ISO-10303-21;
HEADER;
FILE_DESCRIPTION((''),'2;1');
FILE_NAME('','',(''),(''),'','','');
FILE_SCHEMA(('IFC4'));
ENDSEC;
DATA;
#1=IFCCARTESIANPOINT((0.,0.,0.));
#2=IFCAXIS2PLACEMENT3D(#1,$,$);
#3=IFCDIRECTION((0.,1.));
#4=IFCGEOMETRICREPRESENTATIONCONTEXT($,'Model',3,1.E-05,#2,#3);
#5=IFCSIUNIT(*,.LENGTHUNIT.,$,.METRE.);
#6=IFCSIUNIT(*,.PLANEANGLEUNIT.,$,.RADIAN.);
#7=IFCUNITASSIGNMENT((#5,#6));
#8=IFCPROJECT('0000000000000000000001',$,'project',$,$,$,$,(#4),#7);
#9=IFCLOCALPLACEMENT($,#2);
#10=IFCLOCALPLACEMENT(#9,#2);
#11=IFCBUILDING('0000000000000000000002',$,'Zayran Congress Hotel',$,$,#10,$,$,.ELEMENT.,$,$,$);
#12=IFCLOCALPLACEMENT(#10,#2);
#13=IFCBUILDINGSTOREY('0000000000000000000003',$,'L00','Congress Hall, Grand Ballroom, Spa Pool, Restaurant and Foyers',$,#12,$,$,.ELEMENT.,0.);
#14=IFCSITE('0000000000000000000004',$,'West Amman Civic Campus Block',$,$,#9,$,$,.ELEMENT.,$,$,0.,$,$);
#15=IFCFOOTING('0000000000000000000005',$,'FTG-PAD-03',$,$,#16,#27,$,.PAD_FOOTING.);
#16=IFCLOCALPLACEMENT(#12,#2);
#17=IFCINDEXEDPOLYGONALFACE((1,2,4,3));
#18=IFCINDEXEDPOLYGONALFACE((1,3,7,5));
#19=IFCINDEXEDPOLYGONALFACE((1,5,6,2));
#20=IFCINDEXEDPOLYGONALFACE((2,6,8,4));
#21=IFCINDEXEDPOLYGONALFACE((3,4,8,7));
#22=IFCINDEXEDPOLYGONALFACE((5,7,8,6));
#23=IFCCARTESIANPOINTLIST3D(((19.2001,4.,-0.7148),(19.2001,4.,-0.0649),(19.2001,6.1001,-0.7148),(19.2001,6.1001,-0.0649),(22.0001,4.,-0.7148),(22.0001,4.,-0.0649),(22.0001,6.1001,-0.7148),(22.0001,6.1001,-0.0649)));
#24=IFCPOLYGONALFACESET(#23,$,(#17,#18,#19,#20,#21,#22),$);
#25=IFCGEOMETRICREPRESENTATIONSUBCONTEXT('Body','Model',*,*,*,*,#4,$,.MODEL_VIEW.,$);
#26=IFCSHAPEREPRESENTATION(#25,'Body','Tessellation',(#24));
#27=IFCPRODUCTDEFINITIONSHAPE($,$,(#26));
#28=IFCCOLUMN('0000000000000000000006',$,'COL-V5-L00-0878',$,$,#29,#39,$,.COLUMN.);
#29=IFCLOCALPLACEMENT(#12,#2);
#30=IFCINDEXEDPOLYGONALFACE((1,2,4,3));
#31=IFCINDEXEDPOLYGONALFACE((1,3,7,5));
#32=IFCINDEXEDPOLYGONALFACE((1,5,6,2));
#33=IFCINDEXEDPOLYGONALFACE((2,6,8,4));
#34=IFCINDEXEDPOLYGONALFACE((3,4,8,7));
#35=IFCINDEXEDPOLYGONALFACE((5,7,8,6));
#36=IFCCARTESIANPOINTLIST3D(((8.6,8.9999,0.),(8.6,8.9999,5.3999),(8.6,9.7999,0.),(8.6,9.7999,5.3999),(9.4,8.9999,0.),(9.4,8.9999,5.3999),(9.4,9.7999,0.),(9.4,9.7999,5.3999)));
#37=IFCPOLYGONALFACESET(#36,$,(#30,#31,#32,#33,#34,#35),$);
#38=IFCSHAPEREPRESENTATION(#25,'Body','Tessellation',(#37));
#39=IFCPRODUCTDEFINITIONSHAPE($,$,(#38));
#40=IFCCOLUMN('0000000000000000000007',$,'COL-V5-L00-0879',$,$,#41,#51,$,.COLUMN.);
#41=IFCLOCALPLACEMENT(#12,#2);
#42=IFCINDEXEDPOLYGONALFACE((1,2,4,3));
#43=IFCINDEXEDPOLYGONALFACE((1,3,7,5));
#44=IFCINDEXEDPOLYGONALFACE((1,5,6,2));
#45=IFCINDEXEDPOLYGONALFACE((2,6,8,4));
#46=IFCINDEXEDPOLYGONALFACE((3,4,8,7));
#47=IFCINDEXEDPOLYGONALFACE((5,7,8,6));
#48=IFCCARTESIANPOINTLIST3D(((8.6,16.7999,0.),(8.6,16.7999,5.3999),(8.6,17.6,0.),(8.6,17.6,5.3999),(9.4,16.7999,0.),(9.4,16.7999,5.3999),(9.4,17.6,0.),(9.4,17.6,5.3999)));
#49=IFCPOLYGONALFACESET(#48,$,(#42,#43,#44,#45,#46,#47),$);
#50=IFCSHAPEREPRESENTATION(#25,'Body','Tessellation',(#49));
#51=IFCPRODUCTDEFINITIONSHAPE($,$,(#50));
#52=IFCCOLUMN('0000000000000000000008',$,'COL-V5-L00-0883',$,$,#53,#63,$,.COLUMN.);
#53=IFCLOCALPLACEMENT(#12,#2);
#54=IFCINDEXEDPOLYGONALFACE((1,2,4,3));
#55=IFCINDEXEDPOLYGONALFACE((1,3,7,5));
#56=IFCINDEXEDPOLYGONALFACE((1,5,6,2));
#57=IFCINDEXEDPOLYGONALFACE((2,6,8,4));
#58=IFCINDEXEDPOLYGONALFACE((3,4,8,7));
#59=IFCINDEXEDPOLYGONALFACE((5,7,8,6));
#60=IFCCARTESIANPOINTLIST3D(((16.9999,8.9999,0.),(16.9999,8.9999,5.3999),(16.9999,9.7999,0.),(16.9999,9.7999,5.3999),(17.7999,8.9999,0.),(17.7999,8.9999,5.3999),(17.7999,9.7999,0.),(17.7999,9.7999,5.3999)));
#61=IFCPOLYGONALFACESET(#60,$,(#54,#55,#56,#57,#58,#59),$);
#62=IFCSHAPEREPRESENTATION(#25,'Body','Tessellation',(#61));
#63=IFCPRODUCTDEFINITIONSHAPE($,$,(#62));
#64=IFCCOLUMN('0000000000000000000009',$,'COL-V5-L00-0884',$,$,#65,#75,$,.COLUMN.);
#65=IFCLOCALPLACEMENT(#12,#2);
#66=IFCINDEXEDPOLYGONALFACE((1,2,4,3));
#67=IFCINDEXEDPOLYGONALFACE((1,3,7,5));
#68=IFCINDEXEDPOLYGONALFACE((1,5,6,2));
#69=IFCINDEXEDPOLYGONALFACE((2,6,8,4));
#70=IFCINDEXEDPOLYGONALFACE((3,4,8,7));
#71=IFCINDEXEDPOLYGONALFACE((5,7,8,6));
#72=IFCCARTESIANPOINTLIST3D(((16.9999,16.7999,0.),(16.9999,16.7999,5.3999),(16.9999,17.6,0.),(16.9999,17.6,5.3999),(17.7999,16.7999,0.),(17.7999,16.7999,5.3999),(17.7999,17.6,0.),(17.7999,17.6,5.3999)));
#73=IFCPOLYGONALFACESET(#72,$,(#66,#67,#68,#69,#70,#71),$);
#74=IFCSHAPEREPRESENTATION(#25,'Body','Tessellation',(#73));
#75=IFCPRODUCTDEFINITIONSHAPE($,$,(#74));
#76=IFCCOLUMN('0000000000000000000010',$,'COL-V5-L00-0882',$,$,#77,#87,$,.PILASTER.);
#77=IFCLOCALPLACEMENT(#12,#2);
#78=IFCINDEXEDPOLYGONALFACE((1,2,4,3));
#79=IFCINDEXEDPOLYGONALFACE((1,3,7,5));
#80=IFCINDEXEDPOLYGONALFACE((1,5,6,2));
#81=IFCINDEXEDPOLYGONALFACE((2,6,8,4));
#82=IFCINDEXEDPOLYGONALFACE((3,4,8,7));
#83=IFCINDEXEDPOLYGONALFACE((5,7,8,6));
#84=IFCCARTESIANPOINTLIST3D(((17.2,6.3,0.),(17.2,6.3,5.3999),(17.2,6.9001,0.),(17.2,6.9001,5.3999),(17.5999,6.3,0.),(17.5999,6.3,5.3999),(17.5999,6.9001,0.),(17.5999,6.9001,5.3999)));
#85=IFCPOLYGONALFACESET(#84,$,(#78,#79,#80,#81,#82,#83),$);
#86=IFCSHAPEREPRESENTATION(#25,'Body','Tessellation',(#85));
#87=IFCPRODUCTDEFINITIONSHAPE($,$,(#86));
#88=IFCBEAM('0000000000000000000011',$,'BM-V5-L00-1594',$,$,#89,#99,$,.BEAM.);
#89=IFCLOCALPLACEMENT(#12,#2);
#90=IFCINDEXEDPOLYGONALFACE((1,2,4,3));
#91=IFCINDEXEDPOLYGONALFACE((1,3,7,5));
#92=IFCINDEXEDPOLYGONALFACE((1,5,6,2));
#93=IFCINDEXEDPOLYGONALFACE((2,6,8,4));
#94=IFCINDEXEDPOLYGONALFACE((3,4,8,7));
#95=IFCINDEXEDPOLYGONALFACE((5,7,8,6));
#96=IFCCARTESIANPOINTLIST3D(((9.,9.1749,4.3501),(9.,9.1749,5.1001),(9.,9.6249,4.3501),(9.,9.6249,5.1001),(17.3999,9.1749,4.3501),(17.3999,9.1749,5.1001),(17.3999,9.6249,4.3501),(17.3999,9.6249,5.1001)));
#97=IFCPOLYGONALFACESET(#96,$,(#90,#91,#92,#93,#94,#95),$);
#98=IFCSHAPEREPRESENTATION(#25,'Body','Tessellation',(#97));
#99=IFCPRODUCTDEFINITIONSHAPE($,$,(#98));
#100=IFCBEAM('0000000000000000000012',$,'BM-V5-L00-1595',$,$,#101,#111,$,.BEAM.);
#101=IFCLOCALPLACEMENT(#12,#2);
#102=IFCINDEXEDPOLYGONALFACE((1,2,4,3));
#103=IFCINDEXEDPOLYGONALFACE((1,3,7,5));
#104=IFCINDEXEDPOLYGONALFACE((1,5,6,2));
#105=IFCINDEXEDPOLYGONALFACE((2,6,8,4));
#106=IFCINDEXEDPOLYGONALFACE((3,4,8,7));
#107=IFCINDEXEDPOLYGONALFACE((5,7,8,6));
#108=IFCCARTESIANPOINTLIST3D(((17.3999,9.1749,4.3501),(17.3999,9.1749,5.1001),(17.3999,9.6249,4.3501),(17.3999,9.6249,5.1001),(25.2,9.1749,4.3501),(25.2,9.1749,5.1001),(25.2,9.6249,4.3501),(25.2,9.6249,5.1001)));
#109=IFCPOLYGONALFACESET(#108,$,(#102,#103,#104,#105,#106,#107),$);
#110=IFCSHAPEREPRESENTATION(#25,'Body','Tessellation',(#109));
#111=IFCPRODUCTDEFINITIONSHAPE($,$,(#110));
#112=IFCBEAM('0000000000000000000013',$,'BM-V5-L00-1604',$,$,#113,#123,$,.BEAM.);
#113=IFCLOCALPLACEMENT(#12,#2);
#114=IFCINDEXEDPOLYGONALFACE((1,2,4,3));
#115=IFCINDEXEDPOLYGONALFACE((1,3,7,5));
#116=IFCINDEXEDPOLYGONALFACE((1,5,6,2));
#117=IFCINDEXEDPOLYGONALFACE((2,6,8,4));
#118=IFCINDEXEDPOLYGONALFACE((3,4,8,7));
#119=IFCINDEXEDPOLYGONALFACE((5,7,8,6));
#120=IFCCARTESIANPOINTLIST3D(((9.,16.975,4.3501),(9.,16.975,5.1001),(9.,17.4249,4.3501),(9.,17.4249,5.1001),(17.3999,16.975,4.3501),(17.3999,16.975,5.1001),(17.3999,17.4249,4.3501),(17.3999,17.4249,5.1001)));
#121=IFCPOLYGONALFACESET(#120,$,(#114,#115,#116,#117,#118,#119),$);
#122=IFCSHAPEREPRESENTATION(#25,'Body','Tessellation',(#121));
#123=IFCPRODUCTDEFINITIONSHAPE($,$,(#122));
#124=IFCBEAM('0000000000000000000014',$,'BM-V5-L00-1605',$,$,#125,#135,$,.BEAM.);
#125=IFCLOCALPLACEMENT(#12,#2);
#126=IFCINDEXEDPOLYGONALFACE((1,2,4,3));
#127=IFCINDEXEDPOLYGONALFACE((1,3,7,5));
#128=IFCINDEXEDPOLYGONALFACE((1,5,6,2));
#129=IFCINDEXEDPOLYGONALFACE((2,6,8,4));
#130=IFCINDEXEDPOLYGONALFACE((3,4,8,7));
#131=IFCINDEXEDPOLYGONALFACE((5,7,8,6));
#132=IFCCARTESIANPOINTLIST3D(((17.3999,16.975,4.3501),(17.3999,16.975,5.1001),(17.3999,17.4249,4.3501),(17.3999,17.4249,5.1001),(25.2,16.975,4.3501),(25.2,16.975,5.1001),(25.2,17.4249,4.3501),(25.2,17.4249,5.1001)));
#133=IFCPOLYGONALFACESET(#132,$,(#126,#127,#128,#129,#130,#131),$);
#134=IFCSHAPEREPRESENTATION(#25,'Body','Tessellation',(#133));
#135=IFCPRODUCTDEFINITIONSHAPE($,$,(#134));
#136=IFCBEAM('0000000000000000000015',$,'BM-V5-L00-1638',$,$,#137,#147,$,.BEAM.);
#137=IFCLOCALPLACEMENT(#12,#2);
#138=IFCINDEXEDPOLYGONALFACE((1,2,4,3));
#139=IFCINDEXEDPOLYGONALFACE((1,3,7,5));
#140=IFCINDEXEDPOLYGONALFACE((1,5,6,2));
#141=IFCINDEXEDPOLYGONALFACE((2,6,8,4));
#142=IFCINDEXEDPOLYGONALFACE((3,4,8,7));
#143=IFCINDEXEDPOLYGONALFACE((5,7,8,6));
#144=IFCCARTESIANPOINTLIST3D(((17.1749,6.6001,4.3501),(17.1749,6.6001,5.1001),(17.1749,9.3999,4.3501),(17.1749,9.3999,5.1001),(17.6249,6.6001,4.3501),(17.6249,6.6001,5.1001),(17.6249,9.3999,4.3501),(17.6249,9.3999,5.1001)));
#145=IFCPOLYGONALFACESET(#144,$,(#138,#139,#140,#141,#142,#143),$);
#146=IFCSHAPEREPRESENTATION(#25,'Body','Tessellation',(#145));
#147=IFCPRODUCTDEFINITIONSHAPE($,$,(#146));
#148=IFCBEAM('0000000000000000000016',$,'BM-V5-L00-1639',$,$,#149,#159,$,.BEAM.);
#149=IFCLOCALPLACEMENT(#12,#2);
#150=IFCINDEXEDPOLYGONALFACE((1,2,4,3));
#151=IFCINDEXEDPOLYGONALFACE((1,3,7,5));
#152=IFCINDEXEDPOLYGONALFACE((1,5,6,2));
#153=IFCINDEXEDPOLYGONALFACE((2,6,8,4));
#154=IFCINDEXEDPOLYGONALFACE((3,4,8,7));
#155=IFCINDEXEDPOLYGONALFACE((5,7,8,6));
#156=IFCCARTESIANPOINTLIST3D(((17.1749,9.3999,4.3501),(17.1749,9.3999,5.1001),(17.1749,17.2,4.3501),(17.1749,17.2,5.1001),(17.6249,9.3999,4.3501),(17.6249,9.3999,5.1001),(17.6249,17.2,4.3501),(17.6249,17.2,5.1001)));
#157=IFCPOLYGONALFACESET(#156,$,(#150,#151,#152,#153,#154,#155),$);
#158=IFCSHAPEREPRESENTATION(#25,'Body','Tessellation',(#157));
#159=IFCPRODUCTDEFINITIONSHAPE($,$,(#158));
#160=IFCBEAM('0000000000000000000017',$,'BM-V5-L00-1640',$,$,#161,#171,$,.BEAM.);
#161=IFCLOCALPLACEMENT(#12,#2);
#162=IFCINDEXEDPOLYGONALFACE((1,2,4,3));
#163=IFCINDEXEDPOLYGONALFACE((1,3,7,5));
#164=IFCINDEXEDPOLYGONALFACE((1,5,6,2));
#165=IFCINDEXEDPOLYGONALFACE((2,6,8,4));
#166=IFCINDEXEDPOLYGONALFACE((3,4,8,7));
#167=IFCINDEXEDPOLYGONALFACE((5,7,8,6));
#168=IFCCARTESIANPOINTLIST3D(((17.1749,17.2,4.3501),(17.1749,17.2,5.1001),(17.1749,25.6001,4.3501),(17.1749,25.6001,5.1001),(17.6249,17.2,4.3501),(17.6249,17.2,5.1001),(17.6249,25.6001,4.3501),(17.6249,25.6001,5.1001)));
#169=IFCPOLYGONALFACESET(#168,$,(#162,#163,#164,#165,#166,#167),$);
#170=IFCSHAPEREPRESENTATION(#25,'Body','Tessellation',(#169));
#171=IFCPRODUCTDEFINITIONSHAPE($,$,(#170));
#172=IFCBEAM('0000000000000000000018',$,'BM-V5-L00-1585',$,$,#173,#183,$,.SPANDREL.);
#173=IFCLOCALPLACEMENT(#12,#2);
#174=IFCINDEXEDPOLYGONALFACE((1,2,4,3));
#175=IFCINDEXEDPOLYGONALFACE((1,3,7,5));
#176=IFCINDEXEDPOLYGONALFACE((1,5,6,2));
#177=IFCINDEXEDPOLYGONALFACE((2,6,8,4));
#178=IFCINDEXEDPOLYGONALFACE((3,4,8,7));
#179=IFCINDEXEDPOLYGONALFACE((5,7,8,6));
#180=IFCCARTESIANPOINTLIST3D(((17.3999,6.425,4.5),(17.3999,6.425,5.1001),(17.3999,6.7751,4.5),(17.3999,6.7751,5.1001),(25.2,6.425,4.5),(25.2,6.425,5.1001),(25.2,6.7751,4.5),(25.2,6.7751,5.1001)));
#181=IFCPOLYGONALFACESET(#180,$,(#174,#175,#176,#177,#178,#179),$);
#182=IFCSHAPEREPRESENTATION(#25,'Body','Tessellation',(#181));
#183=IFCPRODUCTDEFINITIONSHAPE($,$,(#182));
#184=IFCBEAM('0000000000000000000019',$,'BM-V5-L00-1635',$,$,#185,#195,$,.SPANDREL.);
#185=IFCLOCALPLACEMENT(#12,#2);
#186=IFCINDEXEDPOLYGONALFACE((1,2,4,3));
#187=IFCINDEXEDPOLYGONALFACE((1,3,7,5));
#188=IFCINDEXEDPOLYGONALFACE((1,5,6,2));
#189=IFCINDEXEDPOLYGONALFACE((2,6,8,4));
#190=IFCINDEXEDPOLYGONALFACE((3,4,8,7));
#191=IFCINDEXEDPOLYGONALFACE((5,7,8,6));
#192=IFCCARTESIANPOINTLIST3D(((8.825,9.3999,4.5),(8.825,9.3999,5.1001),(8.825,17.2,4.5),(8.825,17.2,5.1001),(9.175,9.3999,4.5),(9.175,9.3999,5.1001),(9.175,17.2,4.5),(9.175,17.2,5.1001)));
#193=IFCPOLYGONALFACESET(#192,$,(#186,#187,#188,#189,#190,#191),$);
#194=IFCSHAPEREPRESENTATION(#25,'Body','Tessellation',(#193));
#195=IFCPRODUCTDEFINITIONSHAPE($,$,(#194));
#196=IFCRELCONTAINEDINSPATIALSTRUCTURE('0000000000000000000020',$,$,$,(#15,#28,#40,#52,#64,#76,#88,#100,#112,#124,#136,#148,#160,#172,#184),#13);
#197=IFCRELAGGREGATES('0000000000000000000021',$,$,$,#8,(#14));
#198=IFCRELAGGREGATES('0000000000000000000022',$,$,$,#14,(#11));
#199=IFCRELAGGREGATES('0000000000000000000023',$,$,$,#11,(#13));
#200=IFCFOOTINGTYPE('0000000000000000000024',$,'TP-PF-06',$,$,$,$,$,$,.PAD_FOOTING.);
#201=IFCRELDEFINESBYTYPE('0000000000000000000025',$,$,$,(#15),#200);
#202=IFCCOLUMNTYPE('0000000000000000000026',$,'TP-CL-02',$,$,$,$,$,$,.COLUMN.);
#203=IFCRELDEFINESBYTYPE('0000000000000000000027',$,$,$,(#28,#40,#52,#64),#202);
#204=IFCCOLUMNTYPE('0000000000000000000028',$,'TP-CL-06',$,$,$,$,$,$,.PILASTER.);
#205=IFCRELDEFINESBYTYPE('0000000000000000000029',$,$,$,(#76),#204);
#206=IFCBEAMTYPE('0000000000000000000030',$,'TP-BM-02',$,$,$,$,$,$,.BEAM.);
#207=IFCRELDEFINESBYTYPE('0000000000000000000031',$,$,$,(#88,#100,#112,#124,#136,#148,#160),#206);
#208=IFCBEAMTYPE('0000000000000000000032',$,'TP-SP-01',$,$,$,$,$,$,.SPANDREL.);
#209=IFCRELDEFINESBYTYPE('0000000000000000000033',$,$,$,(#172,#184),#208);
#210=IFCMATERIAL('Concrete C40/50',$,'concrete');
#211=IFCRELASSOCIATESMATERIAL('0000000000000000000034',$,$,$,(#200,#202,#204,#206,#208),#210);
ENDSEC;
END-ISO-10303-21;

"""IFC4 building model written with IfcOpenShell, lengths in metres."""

from ifc_helpers import new_model, si_unit, direction, frame, origin, origin_2d, place, context, subcontext, project, spatial, rectangle, extrude, material, material_profile, profile_set, type_object, element, save


model = new_model("IFC4")

# Units and contexts
model_context = context("Model", 3, precision=1e-05, world=origin(), true_north=direction((0.0, 1.0)))
body_context = subcontext(model_context, "Body", "Model", "MODEL_VIEW")
ifc_project = project(units=[si_unit("LENGTHUNIT", "METRE"), si_unit("PLANEANGLEUNIT", "RADIAN")], contexts=[model_context])

# Site, building, storey
site_placement = place(None, origin())
site = spatial("IfcSite", under=ifc_project, at=site_placement, Name="West Amman Civic Campus Block", CompositionType="ELEMENT", RefElevation=0.0)
building_placement = place(site_placement, origin())
building = spatial("IfcBuilding", under=site, at=building_placement, Name="Zayran Congress Hotel", CompositionType="ELEMENT")
storey_placement = place(building_placement, origin())
storey = spatial("IfcBuildingStorey", under=building, at=storey_placement, Name="L00", Description="Congress Hall, Grand Ballroom, Spa Pool, Restaurant and Foyers", CompositionType="ELEMENT", Elevation=0.0)

# Footing
ifc_material_1 = material(Name="Concrete C40/50", Category="concrete")
footing_type = type_object("IfcFootingType", Name="TP-PF-06", PredefinedType="PAD_FOOTING", material=ifc_material_1)
footing_placement = place(storey_placement, frame((20.6001, 5.05, -0.7148), z_axis=(0.0, 0.0, 1.0), x_axis=(1.0, 0.0, 0.0)))
element("IfcFooting", 1, at=footing_placement, inside=storey, type_object=footing_type, Name="FTG-PAD-03", PredefinedType="PAD_FOOTING", context=body_context, shape_type="SweptSolid", body=[
    extrude(rectangle(XDim=2.8, YDim=2.1001, at=origin_2d()), origin(), (0.0, 0.0, 1.0), 0.6499),
])

# Columns
ifc_material_profile_1 = material_profile(ifc_material_1, rectangle(XDim=0.8, YDim=0.8, at=origin_2d()), Name="RC 800x800")
ifc_profile_set_1 = profile_set([ifc_material_profile_1], Name="Concrete C40/50")
column_type_1 = type_object("IfcColumnType", Name="TP-CL-02", PredefinedType="COLUMN", material=ifc_profile_set_1)
for number, where, z_axis, x_axis, name in (
    (2, (9.0, 9.3999, 0.0), (0.0, 0.0, 1.0), (1.0, 0.0, 0.0), "COL-V5-L00-0878"),
    (3, (9.0, 17.2, 0.0), (0.0, 0.0, 1.0), (1.0, 0.0, 0.0), "COL-V5-L00-0879"),
    (4, (17.3999, 9.3999, 0.0), (0.0, 0.0, 1.0), (1.0, 0.0, 0.0), "COL-V5-L00-0883"),
    (5, (17.3999, 17.2, 0.0), (0.0, 0.0, 1.0), (1.0, 0.0, 0.0), "COL-V5-L00-0884"),
):
    element("IfcColumn", number, at=place(storey_placement, frame(where, z_axis=z_axis, x_axis=x_axis)), inside=storey, type_object=column_type_1, Name=name, PredefinedType="COLUMN", context=body_context, shape_type="SweptSolid", body=[
        extrude(rectangle(XDim=0.8, YDim=0.8, at=origin_2d()), origin(), (0.0, 0.0, 1.0), 5.3999),
    ])
ifc_material_profile_2 = material_profile(ifc_material_1, rectangle(XDim=0.3999, YDim=0.6001, at=origin_2d()), Name="RC 600x400")
ifc_profile_set_2 = profile_set([ifc_material_profile_2], Name="Concrete C40/50")
column_type_2 = type_object("IfcColumnType", Name="TP-CL-06", PredefinedType="PILASTER", material=ifc_profile_set_2)
column_placement = place(storey_placement, frame((17.3999, 6.6001, 0.0), z_axis=(0.0, 0.0, 1.0), x_axis=(1.0, 0.0, 0.0)))
element("IfcColumn", 6, at=column_placement, inside=storey, type_object=column_type_2, Name="COL-V5-L00-0882", PredefinedType="PILASTER", context=body_context, shape_type="SweptSolid", body=[
    extrude(rectangle(XDim=0.3999, YDim=0.6001, at=origin_2d()), origin(), (0.0, 0.0, 1.0), 5.3999),
])

# Beams
ifc_material_profile_3 = material_profile(ifc_material_1, rectangle(XDim=0.45, YDim=0.75, at=origin_2d()), Name="RC 450x750")
ifc_profile_set_3 = profile_set([ifc_material_profile_3], Name="Concrete C40/50")
beam_type_1 = type_object("IfcBeamType", Name="TP-BM-02", PredefinedType="BEAM", material=ifc_profile_set_3)
beam_1_placement = place(storey_placement, frame((9.0, 9.3999, 4.7251), z_axis=(1.0, 0.0, 0.0), x_axis=(0.0, 1.0, 0.0)))
element("IfcBeam", 7, at=beam_1_placement, inside=storey, type_object=beam_type_1, Name="BM-V5-L00-1594", PredefinedType="BEAM", context=body_context, shape_type="SweptSolid", body=[
    extrude(rectangle(XDim=0.45, YDim=0.75, at=origin_2d()), origin(), (0.0, 0.0, 1.0), 8.3999),
])
beam_2_placement = place(storey_placement, frame((17.3999, 9.3999, 4.7251), z_axis=(1.0, 0.0, 0.0), x_axis=(0.0, 1.0, 0.0)))
element("IfcBeam", 8, at=beam_2_placement, inside=storey, type_object=beam_type_1, Name="BM-V5-L00-1595", PredefinedType="BEAM", context=body_context, shape_type="SweptSolid", body=[
    extrude(rectangle(XDim=0.45, YDim=0.75, at=origin_2d()), origin(), (0.0, 0.0, 1.0), 7.8),
])
beam_3_placement = place(storey_placement, frame((9.0, 17.2, 4.7251), z_axis=(1.0, 0.0, 0.0), x_axis=(0.0, 1.0, 0.0)))
element("IfcBeam", 9, at=beam_3_placement, inside=storey, type_object=beam_type_1, Name="BM-V5-L00-1604", PredefinedType="BEAM", context=body_context, shape_type="SweptSolid", body=[
    extrude(rectangle(XDim=0.45, YDim=0.75, at=origin_2d()), origin(), (0.0, 0.0, 1.0), 8.3999),
])
beam_4_placement = place(storey_placement, frame((17.3999, 17.2, 4.7251), z_axis=(1.0, 0.0, 0.0), x_axis=(0.0, 1.0, 0.0)))
element("IfcBeam", 10, at=beam_4_placement, inside=storey, type_object=beam_type_1, Name="BM-V5-L00-1605", PredefinedType="BEAM", context=body_context, shape_type="SweptSolid", body=[
    extrude(rectangle(XDim=0.45, YDim=0.75, at=origin_2d()), origin(), (0.0, 0.0, 1.0), 7.8),
])
beam_5_placement = place(storey_placement, frame((17.3999, 6.6001, 4.7251), z_axis=(0.0, 1.0, 0.0), x_axis=(-1.0, 0.0, 0.0)))
element("IfcBeam", 11, at=beam_5_placement, inside=storey, type_object=beam_type_1, Name="BM-V5-L00-1638", PredefinedType="BEAM", context=body_context, shape_type="SweptSolid", body=[
    extrude(rectangle(XDim=0.45, YDim=0.75, at=origin_2d()), origin(), (0.0, 0.0, 1.0), 2.7998),
])
beam_6_placement = place(storey_placement, frame((17.3999, 9.3999, 4.7251), z_axis=(0.0, 1.0, 0.0), x_axis=(-1.0, 0.0, 0.0)))
element("IfcBeam", 12, at=beam_6_placement, inside=storey, type_object=beam_type_1, Name="BM-V5-L00-1639", PredefinedType="BEAM", context=body_context, shape_type="SweptSolid", body=[
    extrude(rectangle(XDim=0.45, YDim=0.75, at=origin_2d()), origin(), (0.0, 0.0, 1.0), 7.8),
])
beam_7_placement = place(storey_placement, frame((17.3999, 17.2, 4.7251), z_axis=(0.0, 1.0, 0.0), x_axis=(-1.0, 0.0, 0.0)))
element("IfcBeam", 13, at=beam_7_placement, inside=storey, type_object=beam_type_1, Name="BM-V5-L00-1640", PredefinedType="BEAM", context=body_context, shape_type="SweptSolid", body=[
    extrude(rectangle(XDim=0.45, YDim=0.75, at=origin_2d()), origin(), (0.0, 0.0, 1.0), 8.4001),
])
ifc_material_profile_4 = material_profile(ifc_material_1, rectangle(XDim=0.3501, YDim=0.6001, at=origin_2d()), Name="RC 350x600")
ifc_profile_set_4 = profile_set([ifc_material_profile_4], Name="Concrete C40/50")
beam_type_2 = type_object("IfcBeamType", Name="TP-SP-01", PredefinedType="SPANDREL", material=ifc_profile_set_4)
for number, where, z_axis, x_axis, name in (
    (14, (17.3999, 6.6001, 4.8), (1.0, 0.0, 0.0), (0.0, 1.0, 0.0), "BM-V5-L00-1585"),
    (15, (9.0, 9.3999, 4.8), (0.0, 1.0, 0.0), (-1.0, 0.0, 0.0), "BM-V5-L00-1635"),
):
    element("IfcBeam", number, at=place(storey_placement, frame(where, z_axis=z_axis, x_axis=x_axis)), inside=storey, type_object=beam_type_2, Name=name, PredefinedType="SPANDREL", context=body_context, shape_type="SweptSolid", body=[
        extrude(rectangle(XDim=0.3501, YDim=0.6001, at=origin_2d()), origin(), (0.0, 0.0, 1.0), 7.8),
    ])

save(model, "model.ifc")
